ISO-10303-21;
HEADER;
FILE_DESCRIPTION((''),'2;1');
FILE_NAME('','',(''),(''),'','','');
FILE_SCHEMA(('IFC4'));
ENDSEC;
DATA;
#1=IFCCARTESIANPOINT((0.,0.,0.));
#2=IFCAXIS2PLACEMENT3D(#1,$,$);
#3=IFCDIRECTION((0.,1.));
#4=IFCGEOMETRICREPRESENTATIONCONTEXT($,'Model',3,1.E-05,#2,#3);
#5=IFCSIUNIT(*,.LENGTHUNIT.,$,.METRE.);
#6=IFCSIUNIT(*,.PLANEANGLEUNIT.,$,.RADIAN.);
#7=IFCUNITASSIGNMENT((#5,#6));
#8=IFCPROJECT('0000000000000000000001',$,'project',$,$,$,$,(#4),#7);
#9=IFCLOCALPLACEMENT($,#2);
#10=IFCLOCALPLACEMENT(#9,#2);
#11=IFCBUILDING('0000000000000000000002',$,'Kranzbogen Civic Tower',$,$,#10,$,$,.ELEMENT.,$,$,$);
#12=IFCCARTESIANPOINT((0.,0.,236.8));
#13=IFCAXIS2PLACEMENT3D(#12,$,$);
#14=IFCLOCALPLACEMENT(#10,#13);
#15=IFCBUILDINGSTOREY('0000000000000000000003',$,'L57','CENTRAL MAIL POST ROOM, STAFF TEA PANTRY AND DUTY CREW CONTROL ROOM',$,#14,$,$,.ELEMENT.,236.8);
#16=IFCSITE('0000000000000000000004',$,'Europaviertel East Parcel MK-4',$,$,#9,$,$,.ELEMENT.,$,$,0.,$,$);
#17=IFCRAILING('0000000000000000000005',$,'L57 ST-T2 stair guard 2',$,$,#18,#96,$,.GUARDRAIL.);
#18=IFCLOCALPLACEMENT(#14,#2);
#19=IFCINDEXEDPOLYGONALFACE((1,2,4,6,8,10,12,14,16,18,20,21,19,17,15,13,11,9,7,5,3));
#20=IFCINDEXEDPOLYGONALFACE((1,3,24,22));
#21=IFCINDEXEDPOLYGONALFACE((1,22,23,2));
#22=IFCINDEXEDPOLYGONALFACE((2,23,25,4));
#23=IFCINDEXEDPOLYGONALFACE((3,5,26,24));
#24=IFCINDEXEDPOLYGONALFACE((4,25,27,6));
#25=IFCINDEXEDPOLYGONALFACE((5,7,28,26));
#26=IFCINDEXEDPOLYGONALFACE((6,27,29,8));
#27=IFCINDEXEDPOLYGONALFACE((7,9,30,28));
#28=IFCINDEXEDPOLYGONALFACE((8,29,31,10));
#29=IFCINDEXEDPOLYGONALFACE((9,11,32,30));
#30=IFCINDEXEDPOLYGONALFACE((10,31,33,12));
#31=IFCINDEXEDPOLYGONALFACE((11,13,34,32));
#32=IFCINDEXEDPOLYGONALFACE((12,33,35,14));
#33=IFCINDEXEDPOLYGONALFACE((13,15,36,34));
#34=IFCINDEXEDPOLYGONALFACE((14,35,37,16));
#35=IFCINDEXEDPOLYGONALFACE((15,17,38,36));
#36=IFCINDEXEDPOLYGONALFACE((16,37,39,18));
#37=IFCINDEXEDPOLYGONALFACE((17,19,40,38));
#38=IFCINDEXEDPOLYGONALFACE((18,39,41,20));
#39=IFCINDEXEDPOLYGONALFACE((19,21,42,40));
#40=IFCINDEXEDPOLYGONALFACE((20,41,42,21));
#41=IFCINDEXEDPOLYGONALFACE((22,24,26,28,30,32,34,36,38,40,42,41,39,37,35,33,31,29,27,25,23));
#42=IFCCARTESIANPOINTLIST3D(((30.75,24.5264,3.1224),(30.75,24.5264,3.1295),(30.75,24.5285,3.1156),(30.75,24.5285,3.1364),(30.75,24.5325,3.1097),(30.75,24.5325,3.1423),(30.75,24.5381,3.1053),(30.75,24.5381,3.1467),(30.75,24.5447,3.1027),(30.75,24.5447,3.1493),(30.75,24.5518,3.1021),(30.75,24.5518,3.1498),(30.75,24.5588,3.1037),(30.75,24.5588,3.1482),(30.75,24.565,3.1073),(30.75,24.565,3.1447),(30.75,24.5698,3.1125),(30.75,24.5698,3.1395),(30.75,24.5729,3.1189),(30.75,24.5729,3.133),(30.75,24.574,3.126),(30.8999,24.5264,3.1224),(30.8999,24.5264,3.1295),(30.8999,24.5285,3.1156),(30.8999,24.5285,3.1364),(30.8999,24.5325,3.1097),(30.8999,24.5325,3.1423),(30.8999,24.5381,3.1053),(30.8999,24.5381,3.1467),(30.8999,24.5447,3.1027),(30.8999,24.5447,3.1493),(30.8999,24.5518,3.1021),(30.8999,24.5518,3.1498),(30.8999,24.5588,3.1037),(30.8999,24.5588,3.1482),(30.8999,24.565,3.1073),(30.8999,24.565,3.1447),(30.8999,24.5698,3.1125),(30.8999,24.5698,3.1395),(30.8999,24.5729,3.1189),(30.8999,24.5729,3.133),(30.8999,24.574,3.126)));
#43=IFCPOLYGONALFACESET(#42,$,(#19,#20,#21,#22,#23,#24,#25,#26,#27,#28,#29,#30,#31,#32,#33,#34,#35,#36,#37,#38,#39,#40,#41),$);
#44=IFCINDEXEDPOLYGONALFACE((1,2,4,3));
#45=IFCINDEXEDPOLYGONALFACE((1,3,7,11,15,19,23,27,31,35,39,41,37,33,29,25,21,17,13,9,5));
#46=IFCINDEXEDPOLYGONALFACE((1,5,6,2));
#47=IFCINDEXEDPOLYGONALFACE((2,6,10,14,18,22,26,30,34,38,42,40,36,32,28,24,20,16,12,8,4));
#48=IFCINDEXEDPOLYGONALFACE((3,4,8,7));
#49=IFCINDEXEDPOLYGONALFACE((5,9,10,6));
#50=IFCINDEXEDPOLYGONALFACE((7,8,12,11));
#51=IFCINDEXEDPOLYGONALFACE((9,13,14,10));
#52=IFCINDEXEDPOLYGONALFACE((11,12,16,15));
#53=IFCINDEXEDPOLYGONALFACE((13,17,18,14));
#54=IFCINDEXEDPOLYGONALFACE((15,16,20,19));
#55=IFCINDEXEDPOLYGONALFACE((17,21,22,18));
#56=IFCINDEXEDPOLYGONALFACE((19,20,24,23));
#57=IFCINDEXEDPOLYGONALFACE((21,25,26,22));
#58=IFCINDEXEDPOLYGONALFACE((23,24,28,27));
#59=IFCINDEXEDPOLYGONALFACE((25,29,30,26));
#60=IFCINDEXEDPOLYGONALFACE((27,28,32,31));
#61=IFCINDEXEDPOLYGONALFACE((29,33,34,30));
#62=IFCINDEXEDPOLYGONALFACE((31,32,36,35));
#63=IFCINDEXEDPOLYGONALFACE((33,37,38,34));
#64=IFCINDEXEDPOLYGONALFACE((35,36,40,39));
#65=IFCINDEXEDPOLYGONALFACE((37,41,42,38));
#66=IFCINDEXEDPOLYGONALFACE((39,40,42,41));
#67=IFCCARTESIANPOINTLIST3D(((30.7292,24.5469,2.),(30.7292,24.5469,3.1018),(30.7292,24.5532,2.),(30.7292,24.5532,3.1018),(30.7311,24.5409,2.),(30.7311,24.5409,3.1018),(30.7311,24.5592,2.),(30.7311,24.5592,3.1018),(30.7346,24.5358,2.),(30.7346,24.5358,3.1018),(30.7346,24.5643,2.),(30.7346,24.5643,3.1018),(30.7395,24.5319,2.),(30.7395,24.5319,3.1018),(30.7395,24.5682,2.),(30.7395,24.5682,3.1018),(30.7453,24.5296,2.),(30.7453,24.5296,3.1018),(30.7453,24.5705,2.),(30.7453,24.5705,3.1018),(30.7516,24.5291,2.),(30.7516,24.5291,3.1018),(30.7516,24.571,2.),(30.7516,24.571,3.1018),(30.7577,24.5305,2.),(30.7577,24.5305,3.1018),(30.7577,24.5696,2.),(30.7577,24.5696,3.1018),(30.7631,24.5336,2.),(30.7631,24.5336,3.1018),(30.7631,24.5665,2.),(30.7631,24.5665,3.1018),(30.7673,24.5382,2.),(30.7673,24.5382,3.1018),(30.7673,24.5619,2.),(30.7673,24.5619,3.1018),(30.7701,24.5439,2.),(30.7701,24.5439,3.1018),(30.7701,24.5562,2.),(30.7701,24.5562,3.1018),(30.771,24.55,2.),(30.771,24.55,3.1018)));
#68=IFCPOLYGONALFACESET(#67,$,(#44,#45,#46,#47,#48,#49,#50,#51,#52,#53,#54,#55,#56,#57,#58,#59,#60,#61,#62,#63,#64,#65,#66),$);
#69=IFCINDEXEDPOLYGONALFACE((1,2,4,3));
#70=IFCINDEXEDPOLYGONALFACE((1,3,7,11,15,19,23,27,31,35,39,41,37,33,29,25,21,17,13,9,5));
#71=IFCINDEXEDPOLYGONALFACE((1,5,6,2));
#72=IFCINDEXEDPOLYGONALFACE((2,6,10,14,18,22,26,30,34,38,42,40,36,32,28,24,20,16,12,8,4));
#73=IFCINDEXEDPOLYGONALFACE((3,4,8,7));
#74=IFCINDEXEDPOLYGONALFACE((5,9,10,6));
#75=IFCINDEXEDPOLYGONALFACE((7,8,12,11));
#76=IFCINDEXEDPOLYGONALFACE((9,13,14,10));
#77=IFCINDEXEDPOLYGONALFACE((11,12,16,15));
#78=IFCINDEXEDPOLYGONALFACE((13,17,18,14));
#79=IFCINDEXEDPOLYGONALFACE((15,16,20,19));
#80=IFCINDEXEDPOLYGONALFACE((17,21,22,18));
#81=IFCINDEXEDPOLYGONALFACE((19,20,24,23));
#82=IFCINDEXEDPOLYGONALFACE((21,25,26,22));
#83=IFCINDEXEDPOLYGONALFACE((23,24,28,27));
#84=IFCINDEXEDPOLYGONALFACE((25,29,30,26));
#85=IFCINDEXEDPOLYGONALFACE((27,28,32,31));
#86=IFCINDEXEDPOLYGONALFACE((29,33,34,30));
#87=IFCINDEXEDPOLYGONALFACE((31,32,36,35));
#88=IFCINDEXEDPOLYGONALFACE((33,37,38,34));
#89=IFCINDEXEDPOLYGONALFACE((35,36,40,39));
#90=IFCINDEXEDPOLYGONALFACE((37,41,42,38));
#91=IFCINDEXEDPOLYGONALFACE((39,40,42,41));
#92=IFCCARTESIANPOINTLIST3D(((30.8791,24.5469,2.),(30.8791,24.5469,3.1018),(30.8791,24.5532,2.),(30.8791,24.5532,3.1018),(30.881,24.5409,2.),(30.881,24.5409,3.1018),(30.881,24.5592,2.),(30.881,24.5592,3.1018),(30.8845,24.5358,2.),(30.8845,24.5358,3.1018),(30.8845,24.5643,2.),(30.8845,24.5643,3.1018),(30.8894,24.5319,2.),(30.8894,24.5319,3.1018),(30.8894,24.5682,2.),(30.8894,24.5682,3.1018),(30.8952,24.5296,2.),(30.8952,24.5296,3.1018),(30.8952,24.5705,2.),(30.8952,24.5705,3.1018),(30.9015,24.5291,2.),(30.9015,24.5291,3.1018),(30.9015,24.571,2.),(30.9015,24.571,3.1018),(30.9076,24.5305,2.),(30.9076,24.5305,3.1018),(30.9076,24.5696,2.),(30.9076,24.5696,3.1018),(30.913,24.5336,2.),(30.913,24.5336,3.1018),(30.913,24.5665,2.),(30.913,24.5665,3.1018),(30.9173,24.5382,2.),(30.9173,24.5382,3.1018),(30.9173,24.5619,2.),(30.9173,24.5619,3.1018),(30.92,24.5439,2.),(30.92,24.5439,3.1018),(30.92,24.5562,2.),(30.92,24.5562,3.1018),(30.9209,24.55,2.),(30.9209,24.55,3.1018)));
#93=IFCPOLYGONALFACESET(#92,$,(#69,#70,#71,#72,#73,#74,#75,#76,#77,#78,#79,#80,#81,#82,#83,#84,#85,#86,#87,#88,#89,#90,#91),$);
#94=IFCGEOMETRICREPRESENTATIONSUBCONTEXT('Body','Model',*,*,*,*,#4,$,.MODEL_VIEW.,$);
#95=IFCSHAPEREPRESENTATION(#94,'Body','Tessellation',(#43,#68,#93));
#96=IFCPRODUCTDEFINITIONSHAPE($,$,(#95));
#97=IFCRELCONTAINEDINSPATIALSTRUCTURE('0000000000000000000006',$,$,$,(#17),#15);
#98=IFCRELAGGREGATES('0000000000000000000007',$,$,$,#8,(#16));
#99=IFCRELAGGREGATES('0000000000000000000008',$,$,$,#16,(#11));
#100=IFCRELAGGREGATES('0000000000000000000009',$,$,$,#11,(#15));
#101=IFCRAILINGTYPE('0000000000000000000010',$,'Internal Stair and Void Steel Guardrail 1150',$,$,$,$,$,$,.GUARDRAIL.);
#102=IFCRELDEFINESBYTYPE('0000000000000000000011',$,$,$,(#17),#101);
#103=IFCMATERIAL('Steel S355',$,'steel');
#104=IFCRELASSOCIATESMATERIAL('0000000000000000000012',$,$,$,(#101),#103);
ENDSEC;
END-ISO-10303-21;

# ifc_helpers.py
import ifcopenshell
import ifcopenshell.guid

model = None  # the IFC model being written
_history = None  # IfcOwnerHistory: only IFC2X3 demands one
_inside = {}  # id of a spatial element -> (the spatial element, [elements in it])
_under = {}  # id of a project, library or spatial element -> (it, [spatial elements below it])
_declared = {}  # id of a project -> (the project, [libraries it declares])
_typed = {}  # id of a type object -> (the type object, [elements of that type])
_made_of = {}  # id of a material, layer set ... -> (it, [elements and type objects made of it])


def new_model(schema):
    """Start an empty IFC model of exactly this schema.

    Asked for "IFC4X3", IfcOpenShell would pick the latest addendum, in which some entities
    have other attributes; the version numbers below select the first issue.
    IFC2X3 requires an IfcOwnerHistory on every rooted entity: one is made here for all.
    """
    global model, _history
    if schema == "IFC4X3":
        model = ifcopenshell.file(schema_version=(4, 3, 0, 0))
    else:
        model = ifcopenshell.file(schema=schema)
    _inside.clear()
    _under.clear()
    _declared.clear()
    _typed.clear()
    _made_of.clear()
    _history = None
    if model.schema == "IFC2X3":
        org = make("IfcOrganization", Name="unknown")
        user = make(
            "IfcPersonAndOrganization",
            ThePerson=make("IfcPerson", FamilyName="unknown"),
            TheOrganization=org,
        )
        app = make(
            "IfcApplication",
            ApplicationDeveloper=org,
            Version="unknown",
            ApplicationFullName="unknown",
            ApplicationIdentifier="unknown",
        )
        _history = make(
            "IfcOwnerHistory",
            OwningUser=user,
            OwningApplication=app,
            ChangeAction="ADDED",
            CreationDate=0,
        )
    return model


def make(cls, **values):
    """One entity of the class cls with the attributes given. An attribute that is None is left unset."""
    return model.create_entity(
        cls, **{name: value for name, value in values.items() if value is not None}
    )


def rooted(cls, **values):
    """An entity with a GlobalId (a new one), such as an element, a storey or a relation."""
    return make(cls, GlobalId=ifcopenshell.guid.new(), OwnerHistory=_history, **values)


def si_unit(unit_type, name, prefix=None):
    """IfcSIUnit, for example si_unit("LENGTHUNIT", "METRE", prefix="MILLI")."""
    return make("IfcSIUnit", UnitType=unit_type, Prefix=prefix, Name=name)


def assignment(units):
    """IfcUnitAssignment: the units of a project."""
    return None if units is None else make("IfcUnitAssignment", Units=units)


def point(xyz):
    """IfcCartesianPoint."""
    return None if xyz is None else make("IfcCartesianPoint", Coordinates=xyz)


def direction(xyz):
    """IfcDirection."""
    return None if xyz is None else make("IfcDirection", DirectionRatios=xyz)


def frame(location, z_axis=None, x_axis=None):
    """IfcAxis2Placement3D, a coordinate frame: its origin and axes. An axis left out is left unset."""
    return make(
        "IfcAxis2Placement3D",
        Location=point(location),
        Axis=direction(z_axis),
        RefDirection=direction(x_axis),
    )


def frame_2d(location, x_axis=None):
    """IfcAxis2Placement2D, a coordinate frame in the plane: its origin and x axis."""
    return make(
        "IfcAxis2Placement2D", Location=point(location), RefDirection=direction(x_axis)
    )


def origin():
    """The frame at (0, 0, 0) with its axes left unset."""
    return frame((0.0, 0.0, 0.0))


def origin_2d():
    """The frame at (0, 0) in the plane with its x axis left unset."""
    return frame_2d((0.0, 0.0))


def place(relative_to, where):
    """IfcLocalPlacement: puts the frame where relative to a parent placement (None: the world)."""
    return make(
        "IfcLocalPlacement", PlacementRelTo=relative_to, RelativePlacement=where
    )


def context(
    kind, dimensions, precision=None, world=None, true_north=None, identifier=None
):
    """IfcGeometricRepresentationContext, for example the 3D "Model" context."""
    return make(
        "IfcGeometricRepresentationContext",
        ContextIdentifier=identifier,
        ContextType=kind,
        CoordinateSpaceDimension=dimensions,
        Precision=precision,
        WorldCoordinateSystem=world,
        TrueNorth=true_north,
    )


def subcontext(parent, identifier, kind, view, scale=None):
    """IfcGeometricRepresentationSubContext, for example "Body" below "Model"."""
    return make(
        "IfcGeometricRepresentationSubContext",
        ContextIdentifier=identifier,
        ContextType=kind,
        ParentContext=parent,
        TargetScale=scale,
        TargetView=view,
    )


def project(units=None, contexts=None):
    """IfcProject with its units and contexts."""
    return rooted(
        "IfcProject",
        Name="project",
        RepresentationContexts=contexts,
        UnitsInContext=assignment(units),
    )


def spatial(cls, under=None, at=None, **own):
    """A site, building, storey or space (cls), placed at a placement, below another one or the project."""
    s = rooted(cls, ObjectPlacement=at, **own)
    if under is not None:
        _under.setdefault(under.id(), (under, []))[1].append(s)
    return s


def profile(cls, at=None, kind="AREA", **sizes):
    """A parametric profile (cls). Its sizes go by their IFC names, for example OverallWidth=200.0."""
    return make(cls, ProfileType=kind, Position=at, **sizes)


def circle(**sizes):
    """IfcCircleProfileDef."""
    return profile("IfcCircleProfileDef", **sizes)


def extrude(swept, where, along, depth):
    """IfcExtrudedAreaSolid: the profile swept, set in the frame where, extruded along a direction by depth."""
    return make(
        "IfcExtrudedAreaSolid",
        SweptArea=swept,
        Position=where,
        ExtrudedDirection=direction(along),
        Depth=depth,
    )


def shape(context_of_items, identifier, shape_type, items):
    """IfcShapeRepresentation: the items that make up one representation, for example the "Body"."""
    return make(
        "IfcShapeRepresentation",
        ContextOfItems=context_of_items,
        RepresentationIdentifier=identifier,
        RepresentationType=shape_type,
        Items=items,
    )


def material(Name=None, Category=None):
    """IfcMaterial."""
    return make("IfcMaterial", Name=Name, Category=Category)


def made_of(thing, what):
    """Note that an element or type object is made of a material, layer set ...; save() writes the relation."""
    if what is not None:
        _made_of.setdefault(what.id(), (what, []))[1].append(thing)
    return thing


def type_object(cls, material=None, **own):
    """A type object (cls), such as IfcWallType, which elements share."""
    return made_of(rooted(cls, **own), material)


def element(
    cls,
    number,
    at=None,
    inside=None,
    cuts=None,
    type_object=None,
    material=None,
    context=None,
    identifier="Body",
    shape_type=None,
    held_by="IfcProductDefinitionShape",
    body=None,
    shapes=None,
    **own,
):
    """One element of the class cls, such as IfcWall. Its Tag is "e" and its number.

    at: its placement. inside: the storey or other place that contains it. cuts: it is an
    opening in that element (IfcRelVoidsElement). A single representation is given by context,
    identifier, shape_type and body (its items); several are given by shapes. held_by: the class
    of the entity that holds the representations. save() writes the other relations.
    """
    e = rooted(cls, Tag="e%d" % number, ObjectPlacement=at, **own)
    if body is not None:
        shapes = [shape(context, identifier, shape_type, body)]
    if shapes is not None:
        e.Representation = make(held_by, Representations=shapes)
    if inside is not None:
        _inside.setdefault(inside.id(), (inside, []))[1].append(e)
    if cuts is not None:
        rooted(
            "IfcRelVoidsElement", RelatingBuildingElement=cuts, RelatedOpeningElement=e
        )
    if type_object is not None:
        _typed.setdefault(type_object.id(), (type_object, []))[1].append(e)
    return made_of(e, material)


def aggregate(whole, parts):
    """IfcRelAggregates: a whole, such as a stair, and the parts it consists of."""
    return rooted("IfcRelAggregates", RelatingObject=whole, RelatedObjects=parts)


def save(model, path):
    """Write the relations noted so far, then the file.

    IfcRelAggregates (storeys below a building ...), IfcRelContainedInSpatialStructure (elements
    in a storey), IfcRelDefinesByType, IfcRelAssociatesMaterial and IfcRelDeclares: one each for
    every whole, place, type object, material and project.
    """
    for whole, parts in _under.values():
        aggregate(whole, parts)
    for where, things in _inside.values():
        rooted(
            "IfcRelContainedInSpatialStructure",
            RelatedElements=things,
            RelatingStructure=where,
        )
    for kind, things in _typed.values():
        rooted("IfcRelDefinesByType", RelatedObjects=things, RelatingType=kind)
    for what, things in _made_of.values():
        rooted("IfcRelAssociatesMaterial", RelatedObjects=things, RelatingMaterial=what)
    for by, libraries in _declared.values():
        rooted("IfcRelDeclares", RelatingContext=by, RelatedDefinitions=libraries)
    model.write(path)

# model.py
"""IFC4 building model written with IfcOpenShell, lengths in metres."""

from ifc_helpers import new_model, si_unit, direction, frame, origin, origin_2d, place, context, subcontext, project, spatial, circle, extrude, material, type_object, element, save


model = new_model("IFC4")

# Units and contexts
model_context = context("Model", 3, precision=1e-05, world=origin(), true_north=direction((0.0, 1.0)))
body_context = subcontext(model_context, "Body", "Model", "MODEL_VIEW")
ifc_project = project(units=[si_unit("LENGTHUNIT", "METRE"), si_unit("PLANEANGLEUNIT", "RADIAN")], contexts=[model_context])

# Site, building, storey
site_placement = place(None, origin())
site = spatial("IfcSite", under=ifc_project, at=site_placement, Name="Europaviertel East Parcel MK-4", CompositionType="ELEMENT", RefElevation=0.0)
building_placement = place(site_placement, origin())
building = spatial("IfcBuilding", under=site, at=building_placement, Name="Kranzbogen Civic Tower", CompositionType="ELEMENT")
storey_placement = place(building_placement, frame((0.0, 0.0, 236.8)))
storey = spatial("IfcBuildingStorey", under=building, at=storey_placement, Name="L57", Description="CENTRAL MAIL POST ROOM, STAFF TEA PANTRY AND DUTY CREW CONTROL ROOM", CompositionType="ELEMENT", Elevation=236.8)

# Shared definitions
ifc_material_1 = material(Name="Steel S355", Category="steel")

# Railing
railing_type_1 = type_object("IfcRailingType", Name="Internal Stair and Void Steel Guardrail 1150", PredefinedType="GUARDRAIL", material=ifc_material_1)
railing_1_placement = place(storey_placement, frame((30.75, 24.55, 2.0)))
element("IfcRailing", 1, at=railing_1_placement, inside=storey, type_object=railing_type_1, Name="L57 ST-T2 stair guard 2", PredefinedType="GUARDRAIL", context=body_context, shape_type="SweptSolid", body=[
    extrude(circle(Radius=0.0239, at=origin_2d()), frame((0.0, 0.0, 1.126), z_axis=(1.0, 0.0, 0.0), x_axis=(0.0, 1.0, 0.0)), (0.0, 0.0, 1.0), 0.1499),
    extrude(circle(Radius=0.021, at=origin_2d()), origin(), (0.0, 0.0, 1.0), 1.1018),
    extrude(circle(Radius=0.021, at=origin_2d()), frame((0.1499, 0.0, 0.0)), (0.0, 0.0, 1.0), 1.1018),
])

save(model, "model.ifc")
